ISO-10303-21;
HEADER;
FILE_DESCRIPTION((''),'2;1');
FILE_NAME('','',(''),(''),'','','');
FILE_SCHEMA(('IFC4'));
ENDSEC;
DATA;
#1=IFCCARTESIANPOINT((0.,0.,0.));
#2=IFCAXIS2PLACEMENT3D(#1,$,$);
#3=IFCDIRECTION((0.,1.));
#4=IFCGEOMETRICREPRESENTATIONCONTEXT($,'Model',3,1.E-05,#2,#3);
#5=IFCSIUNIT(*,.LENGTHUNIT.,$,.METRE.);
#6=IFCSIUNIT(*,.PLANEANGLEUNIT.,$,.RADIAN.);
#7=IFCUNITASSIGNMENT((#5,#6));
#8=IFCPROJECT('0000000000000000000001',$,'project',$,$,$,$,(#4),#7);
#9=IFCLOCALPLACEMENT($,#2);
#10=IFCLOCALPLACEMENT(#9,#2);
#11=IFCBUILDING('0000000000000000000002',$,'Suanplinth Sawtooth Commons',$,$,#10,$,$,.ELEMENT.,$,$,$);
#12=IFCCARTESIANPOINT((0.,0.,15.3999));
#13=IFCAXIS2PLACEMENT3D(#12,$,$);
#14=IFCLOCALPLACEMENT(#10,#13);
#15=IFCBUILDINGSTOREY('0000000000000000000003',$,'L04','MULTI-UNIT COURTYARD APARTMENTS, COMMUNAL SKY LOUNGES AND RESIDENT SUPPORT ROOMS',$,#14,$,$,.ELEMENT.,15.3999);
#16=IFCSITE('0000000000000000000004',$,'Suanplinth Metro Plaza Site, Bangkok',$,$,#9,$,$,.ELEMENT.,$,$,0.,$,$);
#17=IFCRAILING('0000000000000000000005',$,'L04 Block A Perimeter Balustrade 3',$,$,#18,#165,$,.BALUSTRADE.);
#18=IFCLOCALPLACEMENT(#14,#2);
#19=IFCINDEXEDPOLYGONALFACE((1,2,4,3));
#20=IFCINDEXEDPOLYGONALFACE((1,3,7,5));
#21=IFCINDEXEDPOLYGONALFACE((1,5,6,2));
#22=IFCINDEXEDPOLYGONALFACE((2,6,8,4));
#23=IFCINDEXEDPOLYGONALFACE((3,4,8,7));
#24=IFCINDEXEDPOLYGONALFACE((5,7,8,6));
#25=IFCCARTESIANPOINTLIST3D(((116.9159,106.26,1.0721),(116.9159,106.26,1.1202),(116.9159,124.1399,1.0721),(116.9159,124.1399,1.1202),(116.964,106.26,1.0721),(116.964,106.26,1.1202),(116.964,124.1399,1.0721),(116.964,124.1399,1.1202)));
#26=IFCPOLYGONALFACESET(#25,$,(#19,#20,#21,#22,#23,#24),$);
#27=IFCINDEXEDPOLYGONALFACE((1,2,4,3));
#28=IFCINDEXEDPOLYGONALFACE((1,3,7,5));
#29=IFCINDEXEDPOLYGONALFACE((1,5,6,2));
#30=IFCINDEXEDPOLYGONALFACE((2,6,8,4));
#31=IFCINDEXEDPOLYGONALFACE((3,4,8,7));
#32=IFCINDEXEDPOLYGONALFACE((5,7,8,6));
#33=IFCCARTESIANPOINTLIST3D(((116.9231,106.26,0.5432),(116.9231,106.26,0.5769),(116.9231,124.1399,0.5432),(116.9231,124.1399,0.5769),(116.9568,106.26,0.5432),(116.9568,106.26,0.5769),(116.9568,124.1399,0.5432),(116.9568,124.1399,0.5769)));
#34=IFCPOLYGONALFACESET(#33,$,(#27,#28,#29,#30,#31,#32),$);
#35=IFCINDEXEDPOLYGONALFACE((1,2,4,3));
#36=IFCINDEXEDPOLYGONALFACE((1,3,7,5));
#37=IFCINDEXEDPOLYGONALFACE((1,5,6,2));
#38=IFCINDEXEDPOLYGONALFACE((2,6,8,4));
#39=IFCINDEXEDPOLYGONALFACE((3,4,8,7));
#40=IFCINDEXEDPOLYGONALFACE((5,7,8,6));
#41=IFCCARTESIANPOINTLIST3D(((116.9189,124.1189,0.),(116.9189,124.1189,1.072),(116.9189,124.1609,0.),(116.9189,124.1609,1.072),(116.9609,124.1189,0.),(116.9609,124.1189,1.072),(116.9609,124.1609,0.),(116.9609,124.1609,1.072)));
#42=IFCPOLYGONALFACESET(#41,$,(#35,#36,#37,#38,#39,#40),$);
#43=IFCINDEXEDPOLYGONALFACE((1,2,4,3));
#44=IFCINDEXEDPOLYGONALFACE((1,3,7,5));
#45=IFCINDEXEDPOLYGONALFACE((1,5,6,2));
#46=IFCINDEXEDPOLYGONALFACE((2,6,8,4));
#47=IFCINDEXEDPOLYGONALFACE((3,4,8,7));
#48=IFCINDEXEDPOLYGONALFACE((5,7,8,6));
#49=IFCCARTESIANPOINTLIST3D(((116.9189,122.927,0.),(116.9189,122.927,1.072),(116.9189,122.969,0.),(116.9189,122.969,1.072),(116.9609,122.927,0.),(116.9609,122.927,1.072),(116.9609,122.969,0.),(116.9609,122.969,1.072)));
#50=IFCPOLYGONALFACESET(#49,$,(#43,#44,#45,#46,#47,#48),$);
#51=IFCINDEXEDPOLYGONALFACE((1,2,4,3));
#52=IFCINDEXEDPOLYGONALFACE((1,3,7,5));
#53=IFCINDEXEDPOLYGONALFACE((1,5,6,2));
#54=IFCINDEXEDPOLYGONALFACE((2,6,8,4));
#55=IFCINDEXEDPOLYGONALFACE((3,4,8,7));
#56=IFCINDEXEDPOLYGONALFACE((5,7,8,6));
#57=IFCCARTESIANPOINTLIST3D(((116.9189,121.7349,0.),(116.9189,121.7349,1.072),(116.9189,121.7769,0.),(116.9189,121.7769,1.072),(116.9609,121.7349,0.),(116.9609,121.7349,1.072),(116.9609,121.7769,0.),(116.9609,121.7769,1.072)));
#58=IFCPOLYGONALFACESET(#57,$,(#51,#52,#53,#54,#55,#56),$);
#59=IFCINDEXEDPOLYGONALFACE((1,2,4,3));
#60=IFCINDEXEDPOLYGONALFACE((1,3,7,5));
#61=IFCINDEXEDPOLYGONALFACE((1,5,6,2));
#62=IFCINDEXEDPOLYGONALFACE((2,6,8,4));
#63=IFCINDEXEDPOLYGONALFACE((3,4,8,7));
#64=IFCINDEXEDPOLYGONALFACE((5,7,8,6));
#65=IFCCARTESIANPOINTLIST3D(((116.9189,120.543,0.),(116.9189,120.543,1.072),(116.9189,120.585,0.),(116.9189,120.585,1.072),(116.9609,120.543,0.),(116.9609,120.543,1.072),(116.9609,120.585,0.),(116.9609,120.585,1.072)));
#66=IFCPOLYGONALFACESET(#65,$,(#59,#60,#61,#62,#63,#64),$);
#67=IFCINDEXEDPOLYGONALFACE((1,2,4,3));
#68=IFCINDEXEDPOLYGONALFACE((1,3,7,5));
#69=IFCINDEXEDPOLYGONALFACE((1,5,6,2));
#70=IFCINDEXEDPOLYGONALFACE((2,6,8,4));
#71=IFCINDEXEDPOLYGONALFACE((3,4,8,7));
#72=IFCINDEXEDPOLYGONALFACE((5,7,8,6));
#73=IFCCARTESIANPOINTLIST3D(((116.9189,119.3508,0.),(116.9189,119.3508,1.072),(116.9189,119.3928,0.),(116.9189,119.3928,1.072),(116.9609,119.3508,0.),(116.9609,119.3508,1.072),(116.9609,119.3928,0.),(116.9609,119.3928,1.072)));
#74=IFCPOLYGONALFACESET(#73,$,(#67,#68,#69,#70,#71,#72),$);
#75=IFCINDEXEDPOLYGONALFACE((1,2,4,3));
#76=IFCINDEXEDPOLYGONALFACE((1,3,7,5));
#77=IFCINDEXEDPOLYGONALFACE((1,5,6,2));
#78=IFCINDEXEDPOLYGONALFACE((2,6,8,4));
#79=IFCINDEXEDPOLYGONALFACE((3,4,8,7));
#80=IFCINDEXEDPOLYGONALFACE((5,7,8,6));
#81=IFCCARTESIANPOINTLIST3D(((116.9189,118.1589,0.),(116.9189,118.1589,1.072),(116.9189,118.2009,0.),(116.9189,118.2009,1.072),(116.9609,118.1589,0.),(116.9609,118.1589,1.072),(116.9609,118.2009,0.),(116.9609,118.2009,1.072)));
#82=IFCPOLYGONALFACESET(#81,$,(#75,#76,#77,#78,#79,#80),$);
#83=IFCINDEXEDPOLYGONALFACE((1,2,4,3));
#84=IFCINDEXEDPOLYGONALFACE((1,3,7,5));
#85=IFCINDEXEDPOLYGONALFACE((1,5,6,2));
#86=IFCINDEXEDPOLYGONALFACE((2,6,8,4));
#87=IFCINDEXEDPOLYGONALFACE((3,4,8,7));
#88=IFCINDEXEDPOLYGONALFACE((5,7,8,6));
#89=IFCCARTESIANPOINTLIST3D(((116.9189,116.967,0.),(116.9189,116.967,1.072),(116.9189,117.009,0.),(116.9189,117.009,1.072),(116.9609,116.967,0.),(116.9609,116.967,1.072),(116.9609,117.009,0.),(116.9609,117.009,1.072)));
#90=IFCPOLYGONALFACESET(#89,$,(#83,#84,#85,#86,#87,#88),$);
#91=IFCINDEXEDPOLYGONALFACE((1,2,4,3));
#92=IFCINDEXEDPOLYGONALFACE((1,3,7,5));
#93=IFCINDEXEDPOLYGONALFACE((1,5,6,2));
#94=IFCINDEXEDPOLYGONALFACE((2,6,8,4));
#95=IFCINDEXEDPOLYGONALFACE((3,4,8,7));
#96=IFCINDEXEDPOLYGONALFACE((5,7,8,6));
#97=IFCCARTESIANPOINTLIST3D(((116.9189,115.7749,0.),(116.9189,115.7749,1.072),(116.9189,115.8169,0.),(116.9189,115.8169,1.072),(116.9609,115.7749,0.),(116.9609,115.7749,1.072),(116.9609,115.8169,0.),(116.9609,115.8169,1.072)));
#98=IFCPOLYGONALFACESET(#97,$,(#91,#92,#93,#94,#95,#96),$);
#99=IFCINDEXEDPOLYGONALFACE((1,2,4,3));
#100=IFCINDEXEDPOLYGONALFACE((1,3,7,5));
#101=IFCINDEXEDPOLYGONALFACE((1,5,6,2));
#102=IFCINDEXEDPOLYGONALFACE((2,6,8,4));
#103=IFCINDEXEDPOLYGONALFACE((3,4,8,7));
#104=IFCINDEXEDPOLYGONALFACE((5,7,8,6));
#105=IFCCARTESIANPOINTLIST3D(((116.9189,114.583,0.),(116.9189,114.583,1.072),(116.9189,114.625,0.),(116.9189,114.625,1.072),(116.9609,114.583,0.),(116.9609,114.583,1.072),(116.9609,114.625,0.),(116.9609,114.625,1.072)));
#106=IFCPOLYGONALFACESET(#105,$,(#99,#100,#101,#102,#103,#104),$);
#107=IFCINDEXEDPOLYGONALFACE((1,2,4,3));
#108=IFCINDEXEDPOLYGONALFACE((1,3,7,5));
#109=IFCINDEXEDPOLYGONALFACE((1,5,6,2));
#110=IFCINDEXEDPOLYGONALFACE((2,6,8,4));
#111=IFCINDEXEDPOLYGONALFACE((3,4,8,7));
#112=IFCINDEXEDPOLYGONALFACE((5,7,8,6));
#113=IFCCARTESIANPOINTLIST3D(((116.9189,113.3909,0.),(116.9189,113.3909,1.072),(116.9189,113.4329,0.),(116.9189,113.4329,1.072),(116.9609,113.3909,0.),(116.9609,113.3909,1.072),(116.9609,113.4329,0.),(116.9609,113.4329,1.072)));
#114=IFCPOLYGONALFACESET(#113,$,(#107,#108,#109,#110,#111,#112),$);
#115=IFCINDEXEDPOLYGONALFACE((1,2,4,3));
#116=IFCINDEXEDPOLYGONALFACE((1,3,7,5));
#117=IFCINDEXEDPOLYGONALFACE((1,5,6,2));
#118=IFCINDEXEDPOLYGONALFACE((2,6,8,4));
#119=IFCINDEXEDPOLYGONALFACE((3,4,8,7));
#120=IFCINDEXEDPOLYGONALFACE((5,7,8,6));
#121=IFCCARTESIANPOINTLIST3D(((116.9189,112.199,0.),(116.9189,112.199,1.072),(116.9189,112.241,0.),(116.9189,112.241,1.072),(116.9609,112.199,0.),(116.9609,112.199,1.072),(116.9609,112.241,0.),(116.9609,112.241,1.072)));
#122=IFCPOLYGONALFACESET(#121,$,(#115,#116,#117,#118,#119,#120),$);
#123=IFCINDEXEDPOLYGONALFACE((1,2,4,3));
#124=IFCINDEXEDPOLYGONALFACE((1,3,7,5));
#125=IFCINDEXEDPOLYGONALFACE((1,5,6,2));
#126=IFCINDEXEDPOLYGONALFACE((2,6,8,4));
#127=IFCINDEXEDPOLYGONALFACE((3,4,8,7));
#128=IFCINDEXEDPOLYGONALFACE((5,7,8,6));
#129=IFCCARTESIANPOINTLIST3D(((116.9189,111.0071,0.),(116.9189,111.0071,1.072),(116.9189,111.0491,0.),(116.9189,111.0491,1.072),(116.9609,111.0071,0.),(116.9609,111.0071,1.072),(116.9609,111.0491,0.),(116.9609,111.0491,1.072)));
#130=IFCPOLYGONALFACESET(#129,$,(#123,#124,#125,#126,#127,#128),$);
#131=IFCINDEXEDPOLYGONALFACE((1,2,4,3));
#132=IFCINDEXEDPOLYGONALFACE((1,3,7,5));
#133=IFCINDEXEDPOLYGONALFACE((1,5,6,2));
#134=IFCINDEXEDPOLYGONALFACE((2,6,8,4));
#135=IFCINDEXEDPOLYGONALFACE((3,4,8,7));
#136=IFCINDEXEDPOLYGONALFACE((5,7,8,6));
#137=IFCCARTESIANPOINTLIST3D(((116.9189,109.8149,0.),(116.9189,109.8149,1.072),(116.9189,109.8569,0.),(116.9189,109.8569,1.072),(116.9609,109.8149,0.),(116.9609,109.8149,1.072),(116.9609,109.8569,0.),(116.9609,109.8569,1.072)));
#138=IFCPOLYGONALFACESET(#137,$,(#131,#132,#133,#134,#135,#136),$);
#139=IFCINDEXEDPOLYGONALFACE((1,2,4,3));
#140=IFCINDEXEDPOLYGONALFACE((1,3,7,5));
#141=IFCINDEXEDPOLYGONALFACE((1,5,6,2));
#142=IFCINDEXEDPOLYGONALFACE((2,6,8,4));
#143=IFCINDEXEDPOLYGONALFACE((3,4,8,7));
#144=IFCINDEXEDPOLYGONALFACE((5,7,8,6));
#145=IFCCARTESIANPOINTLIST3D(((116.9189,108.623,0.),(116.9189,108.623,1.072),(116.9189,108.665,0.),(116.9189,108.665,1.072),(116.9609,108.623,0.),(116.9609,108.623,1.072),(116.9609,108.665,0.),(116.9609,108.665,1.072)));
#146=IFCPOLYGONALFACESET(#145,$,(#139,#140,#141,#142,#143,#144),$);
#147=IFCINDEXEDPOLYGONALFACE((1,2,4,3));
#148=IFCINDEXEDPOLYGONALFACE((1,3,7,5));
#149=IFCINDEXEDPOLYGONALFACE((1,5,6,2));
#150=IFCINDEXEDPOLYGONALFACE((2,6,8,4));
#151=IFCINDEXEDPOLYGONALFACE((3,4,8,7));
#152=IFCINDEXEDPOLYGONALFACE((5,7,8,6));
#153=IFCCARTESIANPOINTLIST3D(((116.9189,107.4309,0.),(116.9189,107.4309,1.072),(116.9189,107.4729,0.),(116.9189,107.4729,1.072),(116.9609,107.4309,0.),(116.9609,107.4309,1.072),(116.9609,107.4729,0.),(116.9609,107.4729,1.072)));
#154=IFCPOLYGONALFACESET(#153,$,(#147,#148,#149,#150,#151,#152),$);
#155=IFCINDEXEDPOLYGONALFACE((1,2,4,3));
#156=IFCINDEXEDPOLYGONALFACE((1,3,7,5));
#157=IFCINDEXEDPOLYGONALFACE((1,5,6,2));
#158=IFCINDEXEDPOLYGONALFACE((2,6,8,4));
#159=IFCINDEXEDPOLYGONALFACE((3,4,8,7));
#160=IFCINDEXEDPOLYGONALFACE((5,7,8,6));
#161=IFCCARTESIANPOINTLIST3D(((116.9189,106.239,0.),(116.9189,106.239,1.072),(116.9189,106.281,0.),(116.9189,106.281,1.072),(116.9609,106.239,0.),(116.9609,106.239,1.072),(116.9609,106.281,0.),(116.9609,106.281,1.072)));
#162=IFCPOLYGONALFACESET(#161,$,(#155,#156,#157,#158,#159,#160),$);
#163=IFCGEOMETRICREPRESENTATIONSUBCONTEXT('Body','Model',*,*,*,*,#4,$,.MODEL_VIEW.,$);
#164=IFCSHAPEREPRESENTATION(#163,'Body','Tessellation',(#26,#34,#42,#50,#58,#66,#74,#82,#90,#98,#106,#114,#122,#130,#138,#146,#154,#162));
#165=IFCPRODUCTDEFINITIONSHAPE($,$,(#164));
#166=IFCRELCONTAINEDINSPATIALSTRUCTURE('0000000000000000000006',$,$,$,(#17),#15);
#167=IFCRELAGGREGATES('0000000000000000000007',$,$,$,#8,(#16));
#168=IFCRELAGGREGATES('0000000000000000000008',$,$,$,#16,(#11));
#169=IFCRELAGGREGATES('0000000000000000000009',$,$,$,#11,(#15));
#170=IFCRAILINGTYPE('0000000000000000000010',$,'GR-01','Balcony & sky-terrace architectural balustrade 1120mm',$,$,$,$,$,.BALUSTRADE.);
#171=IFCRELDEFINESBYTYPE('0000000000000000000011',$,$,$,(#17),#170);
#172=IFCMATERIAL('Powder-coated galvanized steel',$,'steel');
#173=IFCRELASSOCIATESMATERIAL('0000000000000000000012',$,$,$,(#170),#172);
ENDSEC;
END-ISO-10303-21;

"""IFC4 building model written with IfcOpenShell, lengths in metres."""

from ifc_helpers import new_model, si_unit, direction, frame, origin, origin_2d, place, context, subcontext, project, spatial, rectangle, extrude, material, type_object, element, save


model = new_model("IFC4")

# Units and contexts
model_context = context("Model", 3, precision=1e-05, world=origin(), true_north=direction((0.0, 1.0)))
body_context = subcontext(model_context, "Body", "Model", "MODEL_VIEW")
ifc_project = project(units=[si_unit("LENGTHUNIT", "METRE"), si_unit("PLANEANGLEUNIT", "RADIAN")], contexts=[model_context])

# Site, building, storey
site_placement = place(None, origin())
site = spatial("IfcSite", under=ifc_project, at=site_placement, Name="Suanplinth Metro Plaza Site, Bangkok", CompositionType="ELEMENT", RefElevation=0.0)
building_placement = place(site_placement, origin())
building = spatial("IfcBuilding", under=site, at=building_placement, Name="Suanplinth Sawtooth Commons", CompositionType="ELEMENT")
storey_placement = place(building_placement, frame((0.0, 0.0, 15.3999)))
storey = spatial("IfcBuildingStorey", under=building, at=storey_placement, Name="L04", Description="MULTI-UNIT COURTYARD APARTMENTS, COMMUNAL SKY LOUNGES AND RESIDENT SUPPORT ROOMS", CompositionType="ELEMENT", Elevation=15.3999)

# Railing
ifc_material_1 = material(Name="Powder-coated galvanized steel", Category="steel")
railing_type = type_object("IfcRailingType", Name="GR-01", Description="Balcony & sky-terrace architectural balustrade 1120mm", PredefinedType="BALUSTRADE", material=ifc_material_1)
railing_1_placement = place(storey_placement, frame((116.9399, 124.1399, 0.0)))
element("IfcRailing", 1, at=railing_1_placement, inside=storey, type_object=railing_type, Name="L04 Block A Perimeter Balustrade 3", PredefinedType="BALUSTRADE", context=body_context, shape_type="SweptSolid", body=[
    extrude(rectangle(XDim=0.0481, YDim=0.0481, at=origin_2d()), frame((0.0, 0.0, 1.0962), z_axis=(0.0, -1.0, 0.0), x_axis=(1.0, 0.0, 0.0)), (0.0, 0.0, 1.0), 17.8799),
    extrude(rectangle(XDim=0.0337, YDim=0.0337, at=origin_2d()), frame((0.0, 0.0, 0.5601), z_axis=(0.0, -1.0, 0.0), x_axis=(1.0, 0.0, 0.0)), (0.0, 0.0, 1.0), 17.8799),
    extrude(rectangle(XDim=0.042, YDim=0.042, at=origin_2d()), origin(), (0.0, 0.0, 1.0), 1.072),
    extrude(rectangle(XDim=0.042, YDim=0.042, at=origin_2d()), frame((0.0, -1.1919, 0.0)), (0.0, 0.0, 1.0), 1.072),
    extrude(rectangle(XDim=0.042, YDim=0.042, at=origin_2d()), frame((0.0, -2.384, 0.0)), (0.0, 0.0, 1.0), 1.072),
    extrude(rectangle(XDim=0.042, YDim=0.042, at=origin_2d()), frame((0.0, -3.5759, 0.0)), (0.0, 0.0, 1.0), 1.072),
    extrude(rectangle(XDim=0.042, YDim=0.042, at=origin_2d()), frame((0.0, -4.7681, 0.0)), (0.0, 0.0, 1.0), 1.072),
    extrude(rectangle(XDim=0.042, YDim=0.042, at=origin_2d()), frame((0.0, -5.96, 0.0)), (0.0, 0.0, 1.0), 1.072),
    extrude(rectangle(XDim=0.042, YDim=0.042, at=origin_2d()), frame((0.0, -7.1519, 0.0)), (0.0, 0.0, 1.0), 1.072),
    extrude(rectangle(XDim=0.042, YDim=0.042, at=origin_2d()), frame((0.0, -8.344, 0.0)), (0.0, 0.0, 1.0), 1.072),
    extrude(rectangle(XDim=0.042, YDim=0.042, at=origin_2d()), frame((0.0, -9.5359, 0.0)), (0.0, 0.0, 1.0), 1.072),
    extrude(rectangle(XDim=0.042, YDim=0.042, at=origin_2d()), frame((0.0, -10.728, 0.0)), (0.0, 0.0, 1.0), 1.072),
    extrude(rectangle(XDim=0.042, YDim=0.042, at=origin_2d()), frame((0.0, -11.9199, 0.0)), (0.0, 0.0, 1.0), 1.072),
    extrude(rectangle(XDim=0.042, YDim=0.042, at=origin_2d()), frame((0.0, -13.1118, 0.0)), (0.0, 0.0, 1.0), 1.072),
    extrude(rectangle(XDim=0.042, YDim=0.042, at=origin_2d()), frame((0.0, -14.304, 0.0)), (0.0, 0.0, 1.0), 1.072),
    extrude(rectangle(XDim=0.042, YDim=0.042, at=origin_2d()), frame((0.0, -15.4958, 0.0)), (0.0, 0.0, 1.0), 1.072),
    extrude(rectangle(XDim=0.042, YDim=0.042, at=origin_2d()), frame((0.0, -16.688, 0.0)), (0.0, 0.0, 1.0), 1.072),
    extrude(rectangle(XDim=0.042, YDim=0.042, at=origin_2d()), frame((0.0, -17.8799, 0.0)), (0.0, 0.0, 1.0), 1.072),
])

save(model, "model.ifc")
